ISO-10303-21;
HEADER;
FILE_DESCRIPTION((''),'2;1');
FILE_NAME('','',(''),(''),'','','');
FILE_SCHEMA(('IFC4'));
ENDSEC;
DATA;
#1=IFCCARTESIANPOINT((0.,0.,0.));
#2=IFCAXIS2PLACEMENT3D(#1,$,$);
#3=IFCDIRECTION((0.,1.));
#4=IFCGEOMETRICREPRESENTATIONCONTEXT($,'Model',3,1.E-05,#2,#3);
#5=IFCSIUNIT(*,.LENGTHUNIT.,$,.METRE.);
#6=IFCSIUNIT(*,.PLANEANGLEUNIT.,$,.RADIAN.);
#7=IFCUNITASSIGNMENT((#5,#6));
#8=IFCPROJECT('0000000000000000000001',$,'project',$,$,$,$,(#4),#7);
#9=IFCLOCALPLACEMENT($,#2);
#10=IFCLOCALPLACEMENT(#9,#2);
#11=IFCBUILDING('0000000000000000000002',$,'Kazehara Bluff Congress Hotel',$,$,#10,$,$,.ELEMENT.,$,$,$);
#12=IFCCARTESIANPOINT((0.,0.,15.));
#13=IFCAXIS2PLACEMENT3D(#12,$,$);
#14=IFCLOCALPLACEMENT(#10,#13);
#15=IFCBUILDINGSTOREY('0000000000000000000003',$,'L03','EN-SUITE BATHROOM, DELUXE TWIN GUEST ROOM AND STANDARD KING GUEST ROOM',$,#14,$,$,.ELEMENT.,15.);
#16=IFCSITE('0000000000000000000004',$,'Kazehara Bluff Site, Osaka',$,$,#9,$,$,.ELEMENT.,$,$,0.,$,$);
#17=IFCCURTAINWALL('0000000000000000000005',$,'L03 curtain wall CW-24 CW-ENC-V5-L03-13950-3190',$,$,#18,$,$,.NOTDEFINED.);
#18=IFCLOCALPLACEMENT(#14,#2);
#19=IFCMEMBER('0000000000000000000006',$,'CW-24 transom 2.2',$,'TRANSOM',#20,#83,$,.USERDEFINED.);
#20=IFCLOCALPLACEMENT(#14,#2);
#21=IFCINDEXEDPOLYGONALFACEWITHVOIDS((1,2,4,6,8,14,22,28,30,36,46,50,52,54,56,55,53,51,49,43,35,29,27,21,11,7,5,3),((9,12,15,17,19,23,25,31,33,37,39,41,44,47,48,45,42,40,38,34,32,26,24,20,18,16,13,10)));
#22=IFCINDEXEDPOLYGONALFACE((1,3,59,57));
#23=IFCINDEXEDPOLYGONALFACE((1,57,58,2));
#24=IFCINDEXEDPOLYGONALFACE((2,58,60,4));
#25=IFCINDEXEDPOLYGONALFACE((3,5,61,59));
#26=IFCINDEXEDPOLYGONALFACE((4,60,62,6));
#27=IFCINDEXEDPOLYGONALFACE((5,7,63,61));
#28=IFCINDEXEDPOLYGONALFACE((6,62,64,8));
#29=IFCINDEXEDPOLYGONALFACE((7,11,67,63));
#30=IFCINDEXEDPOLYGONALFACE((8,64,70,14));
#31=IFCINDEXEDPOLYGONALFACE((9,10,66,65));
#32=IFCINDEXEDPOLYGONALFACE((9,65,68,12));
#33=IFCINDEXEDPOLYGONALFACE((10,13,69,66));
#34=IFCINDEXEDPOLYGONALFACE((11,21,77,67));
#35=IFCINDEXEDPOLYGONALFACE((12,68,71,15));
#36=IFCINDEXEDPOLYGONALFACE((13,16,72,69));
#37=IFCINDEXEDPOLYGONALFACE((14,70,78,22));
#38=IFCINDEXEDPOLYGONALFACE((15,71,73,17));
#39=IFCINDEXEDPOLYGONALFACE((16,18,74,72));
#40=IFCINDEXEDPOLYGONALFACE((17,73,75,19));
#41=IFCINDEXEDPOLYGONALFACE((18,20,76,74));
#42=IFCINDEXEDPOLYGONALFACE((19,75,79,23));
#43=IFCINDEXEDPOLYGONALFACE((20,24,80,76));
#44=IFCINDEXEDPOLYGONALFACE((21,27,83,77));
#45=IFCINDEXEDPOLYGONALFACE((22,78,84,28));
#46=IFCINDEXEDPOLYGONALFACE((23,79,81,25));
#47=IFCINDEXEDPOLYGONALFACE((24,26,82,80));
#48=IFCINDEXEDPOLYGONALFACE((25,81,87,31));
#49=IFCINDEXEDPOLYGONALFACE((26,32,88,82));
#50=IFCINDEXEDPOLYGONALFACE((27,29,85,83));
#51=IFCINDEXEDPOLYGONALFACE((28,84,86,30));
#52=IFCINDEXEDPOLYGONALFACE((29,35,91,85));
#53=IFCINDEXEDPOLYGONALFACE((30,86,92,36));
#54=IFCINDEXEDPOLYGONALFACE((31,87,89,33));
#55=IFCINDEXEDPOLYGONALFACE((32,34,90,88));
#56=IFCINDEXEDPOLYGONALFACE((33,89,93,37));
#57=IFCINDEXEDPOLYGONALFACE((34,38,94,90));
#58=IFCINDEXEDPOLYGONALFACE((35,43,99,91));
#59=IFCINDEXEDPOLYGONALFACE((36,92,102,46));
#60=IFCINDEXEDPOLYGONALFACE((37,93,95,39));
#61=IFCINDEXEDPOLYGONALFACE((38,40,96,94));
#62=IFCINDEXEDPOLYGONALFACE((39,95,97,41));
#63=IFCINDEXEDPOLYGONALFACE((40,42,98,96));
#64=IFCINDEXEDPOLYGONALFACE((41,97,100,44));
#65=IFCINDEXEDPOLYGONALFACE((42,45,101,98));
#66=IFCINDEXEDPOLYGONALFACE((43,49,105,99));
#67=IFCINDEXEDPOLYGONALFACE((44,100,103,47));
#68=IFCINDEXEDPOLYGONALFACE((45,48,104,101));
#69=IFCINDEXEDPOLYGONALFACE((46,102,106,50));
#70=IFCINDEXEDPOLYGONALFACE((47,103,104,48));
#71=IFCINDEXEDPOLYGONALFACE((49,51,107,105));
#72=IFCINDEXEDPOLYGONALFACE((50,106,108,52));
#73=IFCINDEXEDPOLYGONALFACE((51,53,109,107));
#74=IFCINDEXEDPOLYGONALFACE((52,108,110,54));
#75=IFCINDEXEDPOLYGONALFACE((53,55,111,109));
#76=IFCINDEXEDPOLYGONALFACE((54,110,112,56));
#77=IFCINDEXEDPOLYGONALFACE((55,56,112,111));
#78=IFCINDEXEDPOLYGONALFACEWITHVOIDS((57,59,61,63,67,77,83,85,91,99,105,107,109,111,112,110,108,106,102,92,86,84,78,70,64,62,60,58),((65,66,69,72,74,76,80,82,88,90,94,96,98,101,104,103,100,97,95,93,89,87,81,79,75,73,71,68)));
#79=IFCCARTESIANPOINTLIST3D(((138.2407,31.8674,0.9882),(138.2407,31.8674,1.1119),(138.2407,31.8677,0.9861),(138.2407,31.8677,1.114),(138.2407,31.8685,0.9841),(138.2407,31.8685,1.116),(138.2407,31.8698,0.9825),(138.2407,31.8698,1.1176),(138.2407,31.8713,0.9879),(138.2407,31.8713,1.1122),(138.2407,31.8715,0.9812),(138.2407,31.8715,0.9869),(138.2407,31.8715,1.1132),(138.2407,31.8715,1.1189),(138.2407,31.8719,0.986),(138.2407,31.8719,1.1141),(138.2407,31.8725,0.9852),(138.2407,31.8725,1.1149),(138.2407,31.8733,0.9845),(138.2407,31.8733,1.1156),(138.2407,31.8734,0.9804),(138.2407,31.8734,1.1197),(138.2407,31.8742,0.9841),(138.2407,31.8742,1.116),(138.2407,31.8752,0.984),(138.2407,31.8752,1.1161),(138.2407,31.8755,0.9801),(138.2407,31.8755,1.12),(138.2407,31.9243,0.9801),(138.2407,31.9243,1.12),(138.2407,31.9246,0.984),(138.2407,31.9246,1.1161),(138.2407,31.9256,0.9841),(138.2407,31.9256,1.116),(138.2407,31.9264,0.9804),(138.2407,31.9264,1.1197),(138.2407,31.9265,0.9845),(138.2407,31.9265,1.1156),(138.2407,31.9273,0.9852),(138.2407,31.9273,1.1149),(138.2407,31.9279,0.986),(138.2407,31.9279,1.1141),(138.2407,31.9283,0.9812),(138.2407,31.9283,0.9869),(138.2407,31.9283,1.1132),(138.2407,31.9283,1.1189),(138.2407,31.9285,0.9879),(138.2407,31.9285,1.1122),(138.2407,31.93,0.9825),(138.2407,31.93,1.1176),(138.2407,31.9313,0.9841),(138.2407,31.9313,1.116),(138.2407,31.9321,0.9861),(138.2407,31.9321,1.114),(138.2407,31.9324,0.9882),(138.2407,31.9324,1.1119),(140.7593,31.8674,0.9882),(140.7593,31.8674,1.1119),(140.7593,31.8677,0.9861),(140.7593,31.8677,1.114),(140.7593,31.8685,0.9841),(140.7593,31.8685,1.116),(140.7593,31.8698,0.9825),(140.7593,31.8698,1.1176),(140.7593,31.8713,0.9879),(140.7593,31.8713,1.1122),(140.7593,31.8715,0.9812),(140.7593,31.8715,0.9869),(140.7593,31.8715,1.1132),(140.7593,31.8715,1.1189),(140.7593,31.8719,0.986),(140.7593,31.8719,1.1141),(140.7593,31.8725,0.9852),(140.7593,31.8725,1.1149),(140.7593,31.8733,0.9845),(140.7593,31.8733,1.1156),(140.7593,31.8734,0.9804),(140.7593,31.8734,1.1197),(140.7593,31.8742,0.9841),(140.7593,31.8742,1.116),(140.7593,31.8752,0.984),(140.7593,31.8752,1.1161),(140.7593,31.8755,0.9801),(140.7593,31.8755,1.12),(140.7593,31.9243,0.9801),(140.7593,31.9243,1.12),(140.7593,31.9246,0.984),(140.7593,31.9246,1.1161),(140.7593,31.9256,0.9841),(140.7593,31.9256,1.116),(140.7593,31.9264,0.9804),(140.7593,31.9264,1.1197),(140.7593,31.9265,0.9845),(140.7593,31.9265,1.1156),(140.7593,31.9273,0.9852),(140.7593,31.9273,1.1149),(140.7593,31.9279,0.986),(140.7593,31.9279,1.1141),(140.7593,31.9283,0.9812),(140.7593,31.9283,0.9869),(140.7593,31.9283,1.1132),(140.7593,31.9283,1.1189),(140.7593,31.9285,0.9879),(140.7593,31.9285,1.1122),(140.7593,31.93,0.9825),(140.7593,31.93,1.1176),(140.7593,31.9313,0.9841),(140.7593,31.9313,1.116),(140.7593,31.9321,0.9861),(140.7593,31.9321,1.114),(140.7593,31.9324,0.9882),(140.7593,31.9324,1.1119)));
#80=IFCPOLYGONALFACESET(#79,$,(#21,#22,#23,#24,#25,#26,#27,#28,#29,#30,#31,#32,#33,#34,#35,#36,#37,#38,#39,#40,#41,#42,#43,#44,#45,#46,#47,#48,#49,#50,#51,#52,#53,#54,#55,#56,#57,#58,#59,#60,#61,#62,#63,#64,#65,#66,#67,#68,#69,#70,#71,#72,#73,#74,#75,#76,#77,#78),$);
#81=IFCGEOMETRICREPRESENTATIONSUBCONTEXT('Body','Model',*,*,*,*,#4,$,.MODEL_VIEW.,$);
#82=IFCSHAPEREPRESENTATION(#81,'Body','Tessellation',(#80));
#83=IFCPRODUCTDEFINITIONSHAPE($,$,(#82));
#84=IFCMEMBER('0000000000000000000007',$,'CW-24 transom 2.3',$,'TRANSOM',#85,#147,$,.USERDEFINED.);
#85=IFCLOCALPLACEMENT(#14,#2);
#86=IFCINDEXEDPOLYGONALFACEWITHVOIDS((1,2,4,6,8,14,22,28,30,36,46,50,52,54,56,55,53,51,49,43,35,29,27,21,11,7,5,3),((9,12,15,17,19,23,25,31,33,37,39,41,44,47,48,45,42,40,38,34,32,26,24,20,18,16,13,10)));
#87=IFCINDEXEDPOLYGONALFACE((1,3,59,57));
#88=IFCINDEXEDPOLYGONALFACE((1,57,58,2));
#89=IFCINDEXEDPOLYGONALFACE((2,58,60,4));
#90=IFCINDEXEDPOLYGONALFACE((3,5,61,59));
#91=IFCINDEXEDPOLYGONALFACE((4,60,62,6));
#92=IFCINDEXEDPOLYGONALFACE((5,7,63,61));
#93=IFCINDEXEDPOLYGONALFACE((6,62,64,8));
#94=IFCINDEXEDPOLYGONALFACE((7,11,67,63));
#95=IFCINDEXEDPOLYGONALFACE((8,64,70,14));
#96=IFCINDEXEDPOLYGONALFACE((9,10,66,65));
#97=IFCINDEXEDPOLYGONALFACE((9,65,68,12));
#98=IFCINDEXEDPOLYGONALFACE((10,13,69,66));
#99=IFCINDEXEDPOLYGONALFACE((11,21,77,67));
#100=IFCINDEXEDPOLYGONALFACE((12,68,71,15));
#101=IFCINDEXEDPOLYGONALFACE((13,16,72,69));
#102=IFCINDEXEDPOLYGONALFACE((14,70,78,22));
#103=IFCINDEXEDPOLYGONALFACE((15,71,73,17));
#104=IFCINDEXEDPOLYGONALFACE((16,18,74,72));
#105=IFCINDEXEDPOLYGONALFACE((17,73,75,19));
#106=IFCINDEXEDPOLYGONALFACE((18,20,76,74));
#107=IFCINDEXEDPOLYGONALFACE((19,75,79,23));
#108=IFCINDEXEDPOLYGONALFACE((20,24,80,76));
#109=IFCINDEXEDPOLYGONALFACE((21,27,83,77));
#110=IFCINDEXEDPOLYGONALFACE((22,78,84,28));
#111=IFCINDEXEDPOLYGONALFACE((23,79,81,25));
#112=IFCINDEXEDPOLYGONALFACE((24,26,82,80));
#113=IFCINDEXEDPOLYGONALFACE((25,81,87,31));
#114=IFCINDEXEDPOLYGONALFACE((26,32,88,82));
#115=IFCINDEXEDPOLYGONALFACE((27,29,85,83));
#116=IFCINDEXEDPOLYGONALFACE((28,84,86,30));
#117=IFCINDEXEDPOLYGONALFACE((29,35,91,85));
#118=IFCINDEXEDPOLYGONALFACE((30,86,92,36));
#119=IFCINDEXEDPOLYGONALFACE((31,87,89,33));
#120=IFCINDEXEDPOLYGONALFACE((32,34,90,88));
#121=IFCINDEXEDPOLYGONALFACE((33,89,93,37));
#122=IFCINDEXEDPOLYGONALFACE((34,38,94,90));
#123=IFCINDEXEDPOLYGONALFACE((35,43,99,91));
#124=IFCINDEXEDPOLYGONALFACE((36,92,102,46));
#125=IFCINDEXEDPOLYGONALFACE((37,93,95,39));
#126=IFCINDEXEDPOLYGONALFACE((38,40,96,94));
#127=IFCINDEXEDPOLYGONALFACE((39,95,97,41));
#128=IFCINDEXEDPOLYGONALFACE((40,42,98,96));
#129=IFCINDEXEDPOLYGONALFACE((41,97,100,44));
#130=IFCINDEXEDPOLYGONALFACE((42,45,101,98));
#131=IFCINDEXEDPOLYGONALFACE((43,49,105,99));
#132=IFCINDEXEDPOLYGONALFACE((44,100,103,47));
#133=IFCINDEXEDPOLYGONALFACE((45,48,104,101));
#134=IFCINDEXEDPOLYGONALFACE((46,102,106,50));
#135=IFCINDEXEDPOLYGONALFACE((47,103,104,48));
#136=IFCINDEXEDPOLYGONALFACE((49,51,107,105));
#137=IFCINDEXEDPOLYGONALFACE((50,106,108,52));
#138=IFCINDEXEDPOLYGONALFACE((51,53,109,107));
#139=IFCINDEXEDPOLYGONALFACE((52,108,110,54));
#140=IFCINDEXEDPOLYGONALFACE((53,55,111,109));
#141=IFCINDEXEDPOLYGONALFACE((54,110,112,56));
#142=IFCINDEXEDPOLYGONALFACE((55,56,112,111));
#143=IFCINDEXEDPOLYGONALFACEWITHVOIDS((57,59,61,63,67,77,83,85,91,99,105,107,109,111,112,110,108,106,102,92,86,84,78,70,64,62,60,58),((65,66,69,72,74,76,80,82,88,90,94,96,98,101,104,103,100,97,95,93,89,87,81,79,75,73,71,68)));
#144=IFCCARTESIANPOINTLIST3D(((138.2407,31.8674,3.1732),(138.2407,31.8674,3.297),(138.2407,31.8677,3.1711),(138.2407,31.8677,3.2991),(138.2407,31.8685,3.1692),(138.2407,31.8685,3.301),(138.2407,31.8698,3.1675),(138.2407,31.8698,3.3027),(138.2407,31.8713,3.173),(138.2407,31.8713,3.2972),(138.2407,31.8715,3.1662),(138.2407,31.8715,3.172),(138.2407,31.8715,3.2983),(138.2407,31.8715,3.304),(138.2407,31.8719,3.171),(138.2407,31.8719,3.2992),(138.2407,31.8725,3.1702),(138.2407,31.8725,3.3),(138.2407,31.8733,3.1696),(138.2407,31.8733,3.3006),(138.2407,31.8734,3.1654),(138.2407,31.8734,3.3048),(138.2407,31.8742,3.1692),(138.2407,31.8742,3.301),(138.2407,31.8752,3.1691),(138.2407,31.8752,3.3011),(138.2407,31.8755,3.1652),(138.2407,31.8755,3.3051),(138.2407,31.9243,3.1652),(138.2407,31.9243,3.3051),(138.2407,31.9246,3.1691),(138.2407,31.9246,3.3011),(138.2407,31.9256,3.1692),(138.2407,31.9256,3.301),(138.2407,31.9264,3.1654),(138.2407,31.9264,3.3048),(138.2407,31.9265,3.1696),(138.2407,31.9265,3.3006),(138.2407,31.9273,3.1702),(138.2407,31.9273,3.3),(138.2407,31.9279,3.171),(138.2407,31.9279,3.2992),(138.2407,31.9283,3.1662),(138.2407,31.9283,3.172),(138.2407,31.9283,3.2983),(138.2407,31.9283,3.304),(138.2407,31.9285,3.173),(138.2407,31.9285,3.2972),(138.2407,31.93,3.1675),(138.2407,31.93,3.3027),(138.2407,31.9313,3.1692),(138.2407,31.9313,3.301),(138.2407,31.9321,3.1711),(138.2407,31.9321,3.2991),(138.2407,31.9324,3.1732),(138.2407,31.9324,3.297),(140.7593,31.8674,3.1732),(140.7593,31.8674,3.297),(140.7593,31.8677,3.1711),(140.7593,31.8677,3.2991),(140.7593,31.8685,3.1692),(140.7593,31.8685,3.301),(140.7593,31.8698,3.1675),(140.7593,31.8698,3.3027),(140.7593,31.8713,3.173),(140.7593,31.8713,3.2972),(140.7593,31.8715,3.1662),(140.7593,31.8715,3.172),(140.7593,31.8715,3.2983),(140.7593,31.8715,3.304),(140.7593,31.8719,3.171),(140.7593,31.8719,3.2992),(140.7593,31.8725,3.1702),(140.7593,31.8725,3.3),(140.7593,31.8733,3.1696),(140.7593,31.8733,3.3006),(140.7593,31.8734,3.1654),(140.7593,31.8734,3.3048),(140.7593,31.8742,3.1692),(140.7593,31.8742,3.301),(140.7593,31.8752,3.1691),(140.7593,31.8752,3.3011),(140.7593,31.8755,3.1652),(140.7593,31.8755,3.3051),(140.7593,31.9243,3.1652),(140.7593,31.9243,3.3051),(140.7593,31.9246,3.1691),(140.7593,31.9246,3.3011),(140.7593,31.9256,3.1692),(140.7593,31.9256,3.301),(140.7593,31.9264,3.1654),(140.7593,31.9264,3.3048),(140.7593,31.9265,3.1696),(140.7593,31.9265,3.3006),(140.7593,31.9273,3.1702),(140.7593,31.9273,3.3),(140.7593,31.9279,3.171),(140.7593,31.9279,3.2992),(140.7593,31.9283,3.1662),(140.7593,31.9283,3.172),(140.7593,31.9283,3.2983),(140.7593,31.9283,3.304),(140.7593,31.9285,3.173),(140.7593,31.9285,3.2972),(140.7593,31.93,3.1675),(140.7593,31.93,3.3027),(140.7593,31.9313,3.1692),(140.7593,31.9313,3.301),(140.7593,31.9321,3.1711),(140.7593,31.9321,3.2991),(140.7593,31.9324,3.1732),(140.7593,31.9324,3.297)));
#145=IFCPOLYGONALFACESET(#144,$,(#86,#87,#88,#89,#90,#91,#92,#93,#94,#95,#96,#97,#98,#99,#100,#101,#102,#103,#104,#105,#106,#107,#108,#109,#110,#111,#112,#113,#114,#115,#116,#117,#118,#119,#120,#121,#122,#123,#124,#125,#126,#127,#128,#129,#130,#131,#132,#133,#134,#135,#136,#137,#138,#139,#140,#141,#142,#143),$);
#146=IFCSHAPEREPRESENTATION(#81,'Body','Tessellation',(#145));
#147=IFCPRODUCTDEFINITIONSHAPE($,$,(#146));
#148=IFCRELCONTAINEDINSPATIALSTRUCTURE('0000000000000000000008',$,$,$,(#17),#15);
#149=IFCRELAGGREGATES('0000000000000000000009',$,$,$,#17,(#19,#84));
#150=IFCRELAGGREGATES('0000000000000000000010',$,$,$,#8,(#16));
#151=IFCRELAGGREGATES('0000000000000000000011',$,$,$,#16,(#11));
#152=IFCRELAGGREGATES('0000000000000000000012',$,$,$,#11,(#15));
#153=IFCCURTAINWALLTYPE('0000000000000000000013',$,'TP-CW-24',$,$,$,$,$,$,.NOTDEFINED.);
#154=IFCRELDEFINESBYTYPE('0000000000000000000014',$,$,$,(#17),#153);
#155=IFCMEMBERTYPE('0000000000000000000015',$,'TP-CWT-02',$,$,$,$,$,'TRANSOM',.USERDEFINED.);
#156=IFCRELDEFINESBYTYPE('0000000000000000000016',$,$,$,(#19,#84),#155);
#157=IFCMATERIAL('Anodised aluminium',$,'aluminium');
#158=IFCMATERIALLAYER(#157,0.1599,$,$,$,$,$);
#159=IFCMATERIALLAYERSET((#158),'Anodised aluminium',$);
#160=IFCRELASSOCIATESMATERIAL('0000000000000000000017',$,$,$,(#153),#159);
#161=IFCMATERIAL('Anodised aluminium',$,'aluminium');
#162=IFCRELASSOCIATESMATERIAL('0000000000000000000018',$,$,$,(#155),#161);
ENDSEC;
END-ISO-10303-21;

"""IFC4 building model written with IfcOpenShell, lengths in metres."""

from ifc_helpers import new_model, si_unit, direction, frame, origin, origin_2d, place, context, subcontext, project, spatial, hollow_rectangle, extrude, material, layer, layer_set, material_profile, profile_set, type_object, element, aggregate, save


model = new_model("IFC4")

# Units and contexts
model_context = context("Model", 3, precision=1e-05, world=origin(), true_north=direction((0.0, 1.0)))
body_context = subcontext(model_context, "Body", "Model", "MODEL_VIEW")
ifc_project = project(units=[si_unit("LENGTHUNIT", "METRE"), si_unit("PLANEANGLEUNIT", "RADIAN")], contexts=[model_context])

# Site, building, storey
site_placement = place(None, origin())
site = spatial("IfcSite", under=ifc_project, at=site_placement, Name="Kazehara Bluff Site, Osaka", CompositionType="ELEMENT", RefElevation=0.0)
building_placement = place(site_placement, origin())
building = spatial("IfcBuilding", under=site, at=building_placement, Name="Kazehara Bluff Congress Hotel", CompositionType="ELEMENT")
storey_placement = place(building_placement, frame((0.0, 0.0, 15.0)))
storey = spatial("IfcBuildingStorey", under=building, at=storey_placement, Name="L03", Description="EN-SUITE BATHROOM, DELUXE TWIN GUEST ROOM AND STANDARD KING GUEST ROOM", CompositionType="ELEMENT", Elevation=15.0)

# Shared definitions
ifc_material_1 = material(Name="Anodised aluminium", Category="aluminium")
ifc_layer_1 = layer(ifc_material_1, 0.1599)
ifc_layer_set_1 = layer_set([ifc_layer_1], Name="Anodised aluminium")
curtain_wall_type = type_object("IfcCurtainWallType", Name="TP-CW-24", PredefinedType="NOTDEFINED", material=ifc_layer_set_1)

# Curtain wall
curtain_wall_1_placement = place(storey_placement, origin())
curtain_wall_1 = element("IfcCurtainWall", 1, at=curtain_wall_1_placement, inside=storey, type_object=curtain_wall_type, Name="L03 curtain wall CW-24 CW-ENC-V5-L03-13950-3190", PredefinedType="NOTDEFINED")

# Members
ifc_material_2 = material(Name="Anodised aluminium", Category="aluminium")
ifc_material_profile_1 = material_profile(ifc_material_2, hollow_rectangle(XDim=0.0649, YDim=0.1399, WallThickness=0.0039, InnerFilletRadius=0.0039, OuterFilletRadius=0.0081, at=origin_2d()))
ifc_profile_set_1 = profile_set([ifc_material_profile_1], Name="Anodised aluminium")
member_type_1 = type_object("IfcMemberType", Name="TP-CWT-02", ElementType="TRANSOM", PredefinedType="USERDEFINED", material=ifc_profile_set_1)
member_1_placement = place(storey_placement, frame((138.2407, 31.8999, 1.05), z_axis=(1.0, 0.0, 0.0), x_axis=(0.0, 1.0, 0.0)))
member_1 = element("IfcMember", 2, at=member_1_placement, type_object=member_type_1, Name="CW-24 transom 2.2", ObjectType="TRANSOM", PredefinedType="USERDEFINED", context=body_context, shape_type="SweptSolid", body=[
    extrude(hollow_rectangle(XDim=0.0649, YDim=0.1399, WallThickness=0.0039, InnerFilletRadius=0.0039, OuterFilletRadius=0.0081, at=origin_2d()), origin(), (0.0, 0.0, 1.0), 2.5186),
])
member_2_placement = place(storey_placement, frame((138.2407, 31.8999, 3.2351), z_axis=(1.0, 0.0, 0.0), x_axis=(0.0, 1.0, 0.0)))
member_2 = element("IfcMember", 3, at=member_2_placement, type_object=member_type_1, Name="CW-24 transom 2.3", ObjectType="TRANSOM", PredefinedType="USERDEFINED", context=body_context, shape_type="SweptSolid", body=[
    extrude(hollow_rectangle(XDim=0.0649, YDim=0.1399, WallThickness=0.0039, InnerFilletRadius=0.0039, OuterFilletRadius=0.0081, at=origin_2d()), origin(), (0.0, 0.0, 1.0), 2.5186),
])

aggregate(curtain_wall_1, [member_1, member_2])

save(model, "model.ifc")
